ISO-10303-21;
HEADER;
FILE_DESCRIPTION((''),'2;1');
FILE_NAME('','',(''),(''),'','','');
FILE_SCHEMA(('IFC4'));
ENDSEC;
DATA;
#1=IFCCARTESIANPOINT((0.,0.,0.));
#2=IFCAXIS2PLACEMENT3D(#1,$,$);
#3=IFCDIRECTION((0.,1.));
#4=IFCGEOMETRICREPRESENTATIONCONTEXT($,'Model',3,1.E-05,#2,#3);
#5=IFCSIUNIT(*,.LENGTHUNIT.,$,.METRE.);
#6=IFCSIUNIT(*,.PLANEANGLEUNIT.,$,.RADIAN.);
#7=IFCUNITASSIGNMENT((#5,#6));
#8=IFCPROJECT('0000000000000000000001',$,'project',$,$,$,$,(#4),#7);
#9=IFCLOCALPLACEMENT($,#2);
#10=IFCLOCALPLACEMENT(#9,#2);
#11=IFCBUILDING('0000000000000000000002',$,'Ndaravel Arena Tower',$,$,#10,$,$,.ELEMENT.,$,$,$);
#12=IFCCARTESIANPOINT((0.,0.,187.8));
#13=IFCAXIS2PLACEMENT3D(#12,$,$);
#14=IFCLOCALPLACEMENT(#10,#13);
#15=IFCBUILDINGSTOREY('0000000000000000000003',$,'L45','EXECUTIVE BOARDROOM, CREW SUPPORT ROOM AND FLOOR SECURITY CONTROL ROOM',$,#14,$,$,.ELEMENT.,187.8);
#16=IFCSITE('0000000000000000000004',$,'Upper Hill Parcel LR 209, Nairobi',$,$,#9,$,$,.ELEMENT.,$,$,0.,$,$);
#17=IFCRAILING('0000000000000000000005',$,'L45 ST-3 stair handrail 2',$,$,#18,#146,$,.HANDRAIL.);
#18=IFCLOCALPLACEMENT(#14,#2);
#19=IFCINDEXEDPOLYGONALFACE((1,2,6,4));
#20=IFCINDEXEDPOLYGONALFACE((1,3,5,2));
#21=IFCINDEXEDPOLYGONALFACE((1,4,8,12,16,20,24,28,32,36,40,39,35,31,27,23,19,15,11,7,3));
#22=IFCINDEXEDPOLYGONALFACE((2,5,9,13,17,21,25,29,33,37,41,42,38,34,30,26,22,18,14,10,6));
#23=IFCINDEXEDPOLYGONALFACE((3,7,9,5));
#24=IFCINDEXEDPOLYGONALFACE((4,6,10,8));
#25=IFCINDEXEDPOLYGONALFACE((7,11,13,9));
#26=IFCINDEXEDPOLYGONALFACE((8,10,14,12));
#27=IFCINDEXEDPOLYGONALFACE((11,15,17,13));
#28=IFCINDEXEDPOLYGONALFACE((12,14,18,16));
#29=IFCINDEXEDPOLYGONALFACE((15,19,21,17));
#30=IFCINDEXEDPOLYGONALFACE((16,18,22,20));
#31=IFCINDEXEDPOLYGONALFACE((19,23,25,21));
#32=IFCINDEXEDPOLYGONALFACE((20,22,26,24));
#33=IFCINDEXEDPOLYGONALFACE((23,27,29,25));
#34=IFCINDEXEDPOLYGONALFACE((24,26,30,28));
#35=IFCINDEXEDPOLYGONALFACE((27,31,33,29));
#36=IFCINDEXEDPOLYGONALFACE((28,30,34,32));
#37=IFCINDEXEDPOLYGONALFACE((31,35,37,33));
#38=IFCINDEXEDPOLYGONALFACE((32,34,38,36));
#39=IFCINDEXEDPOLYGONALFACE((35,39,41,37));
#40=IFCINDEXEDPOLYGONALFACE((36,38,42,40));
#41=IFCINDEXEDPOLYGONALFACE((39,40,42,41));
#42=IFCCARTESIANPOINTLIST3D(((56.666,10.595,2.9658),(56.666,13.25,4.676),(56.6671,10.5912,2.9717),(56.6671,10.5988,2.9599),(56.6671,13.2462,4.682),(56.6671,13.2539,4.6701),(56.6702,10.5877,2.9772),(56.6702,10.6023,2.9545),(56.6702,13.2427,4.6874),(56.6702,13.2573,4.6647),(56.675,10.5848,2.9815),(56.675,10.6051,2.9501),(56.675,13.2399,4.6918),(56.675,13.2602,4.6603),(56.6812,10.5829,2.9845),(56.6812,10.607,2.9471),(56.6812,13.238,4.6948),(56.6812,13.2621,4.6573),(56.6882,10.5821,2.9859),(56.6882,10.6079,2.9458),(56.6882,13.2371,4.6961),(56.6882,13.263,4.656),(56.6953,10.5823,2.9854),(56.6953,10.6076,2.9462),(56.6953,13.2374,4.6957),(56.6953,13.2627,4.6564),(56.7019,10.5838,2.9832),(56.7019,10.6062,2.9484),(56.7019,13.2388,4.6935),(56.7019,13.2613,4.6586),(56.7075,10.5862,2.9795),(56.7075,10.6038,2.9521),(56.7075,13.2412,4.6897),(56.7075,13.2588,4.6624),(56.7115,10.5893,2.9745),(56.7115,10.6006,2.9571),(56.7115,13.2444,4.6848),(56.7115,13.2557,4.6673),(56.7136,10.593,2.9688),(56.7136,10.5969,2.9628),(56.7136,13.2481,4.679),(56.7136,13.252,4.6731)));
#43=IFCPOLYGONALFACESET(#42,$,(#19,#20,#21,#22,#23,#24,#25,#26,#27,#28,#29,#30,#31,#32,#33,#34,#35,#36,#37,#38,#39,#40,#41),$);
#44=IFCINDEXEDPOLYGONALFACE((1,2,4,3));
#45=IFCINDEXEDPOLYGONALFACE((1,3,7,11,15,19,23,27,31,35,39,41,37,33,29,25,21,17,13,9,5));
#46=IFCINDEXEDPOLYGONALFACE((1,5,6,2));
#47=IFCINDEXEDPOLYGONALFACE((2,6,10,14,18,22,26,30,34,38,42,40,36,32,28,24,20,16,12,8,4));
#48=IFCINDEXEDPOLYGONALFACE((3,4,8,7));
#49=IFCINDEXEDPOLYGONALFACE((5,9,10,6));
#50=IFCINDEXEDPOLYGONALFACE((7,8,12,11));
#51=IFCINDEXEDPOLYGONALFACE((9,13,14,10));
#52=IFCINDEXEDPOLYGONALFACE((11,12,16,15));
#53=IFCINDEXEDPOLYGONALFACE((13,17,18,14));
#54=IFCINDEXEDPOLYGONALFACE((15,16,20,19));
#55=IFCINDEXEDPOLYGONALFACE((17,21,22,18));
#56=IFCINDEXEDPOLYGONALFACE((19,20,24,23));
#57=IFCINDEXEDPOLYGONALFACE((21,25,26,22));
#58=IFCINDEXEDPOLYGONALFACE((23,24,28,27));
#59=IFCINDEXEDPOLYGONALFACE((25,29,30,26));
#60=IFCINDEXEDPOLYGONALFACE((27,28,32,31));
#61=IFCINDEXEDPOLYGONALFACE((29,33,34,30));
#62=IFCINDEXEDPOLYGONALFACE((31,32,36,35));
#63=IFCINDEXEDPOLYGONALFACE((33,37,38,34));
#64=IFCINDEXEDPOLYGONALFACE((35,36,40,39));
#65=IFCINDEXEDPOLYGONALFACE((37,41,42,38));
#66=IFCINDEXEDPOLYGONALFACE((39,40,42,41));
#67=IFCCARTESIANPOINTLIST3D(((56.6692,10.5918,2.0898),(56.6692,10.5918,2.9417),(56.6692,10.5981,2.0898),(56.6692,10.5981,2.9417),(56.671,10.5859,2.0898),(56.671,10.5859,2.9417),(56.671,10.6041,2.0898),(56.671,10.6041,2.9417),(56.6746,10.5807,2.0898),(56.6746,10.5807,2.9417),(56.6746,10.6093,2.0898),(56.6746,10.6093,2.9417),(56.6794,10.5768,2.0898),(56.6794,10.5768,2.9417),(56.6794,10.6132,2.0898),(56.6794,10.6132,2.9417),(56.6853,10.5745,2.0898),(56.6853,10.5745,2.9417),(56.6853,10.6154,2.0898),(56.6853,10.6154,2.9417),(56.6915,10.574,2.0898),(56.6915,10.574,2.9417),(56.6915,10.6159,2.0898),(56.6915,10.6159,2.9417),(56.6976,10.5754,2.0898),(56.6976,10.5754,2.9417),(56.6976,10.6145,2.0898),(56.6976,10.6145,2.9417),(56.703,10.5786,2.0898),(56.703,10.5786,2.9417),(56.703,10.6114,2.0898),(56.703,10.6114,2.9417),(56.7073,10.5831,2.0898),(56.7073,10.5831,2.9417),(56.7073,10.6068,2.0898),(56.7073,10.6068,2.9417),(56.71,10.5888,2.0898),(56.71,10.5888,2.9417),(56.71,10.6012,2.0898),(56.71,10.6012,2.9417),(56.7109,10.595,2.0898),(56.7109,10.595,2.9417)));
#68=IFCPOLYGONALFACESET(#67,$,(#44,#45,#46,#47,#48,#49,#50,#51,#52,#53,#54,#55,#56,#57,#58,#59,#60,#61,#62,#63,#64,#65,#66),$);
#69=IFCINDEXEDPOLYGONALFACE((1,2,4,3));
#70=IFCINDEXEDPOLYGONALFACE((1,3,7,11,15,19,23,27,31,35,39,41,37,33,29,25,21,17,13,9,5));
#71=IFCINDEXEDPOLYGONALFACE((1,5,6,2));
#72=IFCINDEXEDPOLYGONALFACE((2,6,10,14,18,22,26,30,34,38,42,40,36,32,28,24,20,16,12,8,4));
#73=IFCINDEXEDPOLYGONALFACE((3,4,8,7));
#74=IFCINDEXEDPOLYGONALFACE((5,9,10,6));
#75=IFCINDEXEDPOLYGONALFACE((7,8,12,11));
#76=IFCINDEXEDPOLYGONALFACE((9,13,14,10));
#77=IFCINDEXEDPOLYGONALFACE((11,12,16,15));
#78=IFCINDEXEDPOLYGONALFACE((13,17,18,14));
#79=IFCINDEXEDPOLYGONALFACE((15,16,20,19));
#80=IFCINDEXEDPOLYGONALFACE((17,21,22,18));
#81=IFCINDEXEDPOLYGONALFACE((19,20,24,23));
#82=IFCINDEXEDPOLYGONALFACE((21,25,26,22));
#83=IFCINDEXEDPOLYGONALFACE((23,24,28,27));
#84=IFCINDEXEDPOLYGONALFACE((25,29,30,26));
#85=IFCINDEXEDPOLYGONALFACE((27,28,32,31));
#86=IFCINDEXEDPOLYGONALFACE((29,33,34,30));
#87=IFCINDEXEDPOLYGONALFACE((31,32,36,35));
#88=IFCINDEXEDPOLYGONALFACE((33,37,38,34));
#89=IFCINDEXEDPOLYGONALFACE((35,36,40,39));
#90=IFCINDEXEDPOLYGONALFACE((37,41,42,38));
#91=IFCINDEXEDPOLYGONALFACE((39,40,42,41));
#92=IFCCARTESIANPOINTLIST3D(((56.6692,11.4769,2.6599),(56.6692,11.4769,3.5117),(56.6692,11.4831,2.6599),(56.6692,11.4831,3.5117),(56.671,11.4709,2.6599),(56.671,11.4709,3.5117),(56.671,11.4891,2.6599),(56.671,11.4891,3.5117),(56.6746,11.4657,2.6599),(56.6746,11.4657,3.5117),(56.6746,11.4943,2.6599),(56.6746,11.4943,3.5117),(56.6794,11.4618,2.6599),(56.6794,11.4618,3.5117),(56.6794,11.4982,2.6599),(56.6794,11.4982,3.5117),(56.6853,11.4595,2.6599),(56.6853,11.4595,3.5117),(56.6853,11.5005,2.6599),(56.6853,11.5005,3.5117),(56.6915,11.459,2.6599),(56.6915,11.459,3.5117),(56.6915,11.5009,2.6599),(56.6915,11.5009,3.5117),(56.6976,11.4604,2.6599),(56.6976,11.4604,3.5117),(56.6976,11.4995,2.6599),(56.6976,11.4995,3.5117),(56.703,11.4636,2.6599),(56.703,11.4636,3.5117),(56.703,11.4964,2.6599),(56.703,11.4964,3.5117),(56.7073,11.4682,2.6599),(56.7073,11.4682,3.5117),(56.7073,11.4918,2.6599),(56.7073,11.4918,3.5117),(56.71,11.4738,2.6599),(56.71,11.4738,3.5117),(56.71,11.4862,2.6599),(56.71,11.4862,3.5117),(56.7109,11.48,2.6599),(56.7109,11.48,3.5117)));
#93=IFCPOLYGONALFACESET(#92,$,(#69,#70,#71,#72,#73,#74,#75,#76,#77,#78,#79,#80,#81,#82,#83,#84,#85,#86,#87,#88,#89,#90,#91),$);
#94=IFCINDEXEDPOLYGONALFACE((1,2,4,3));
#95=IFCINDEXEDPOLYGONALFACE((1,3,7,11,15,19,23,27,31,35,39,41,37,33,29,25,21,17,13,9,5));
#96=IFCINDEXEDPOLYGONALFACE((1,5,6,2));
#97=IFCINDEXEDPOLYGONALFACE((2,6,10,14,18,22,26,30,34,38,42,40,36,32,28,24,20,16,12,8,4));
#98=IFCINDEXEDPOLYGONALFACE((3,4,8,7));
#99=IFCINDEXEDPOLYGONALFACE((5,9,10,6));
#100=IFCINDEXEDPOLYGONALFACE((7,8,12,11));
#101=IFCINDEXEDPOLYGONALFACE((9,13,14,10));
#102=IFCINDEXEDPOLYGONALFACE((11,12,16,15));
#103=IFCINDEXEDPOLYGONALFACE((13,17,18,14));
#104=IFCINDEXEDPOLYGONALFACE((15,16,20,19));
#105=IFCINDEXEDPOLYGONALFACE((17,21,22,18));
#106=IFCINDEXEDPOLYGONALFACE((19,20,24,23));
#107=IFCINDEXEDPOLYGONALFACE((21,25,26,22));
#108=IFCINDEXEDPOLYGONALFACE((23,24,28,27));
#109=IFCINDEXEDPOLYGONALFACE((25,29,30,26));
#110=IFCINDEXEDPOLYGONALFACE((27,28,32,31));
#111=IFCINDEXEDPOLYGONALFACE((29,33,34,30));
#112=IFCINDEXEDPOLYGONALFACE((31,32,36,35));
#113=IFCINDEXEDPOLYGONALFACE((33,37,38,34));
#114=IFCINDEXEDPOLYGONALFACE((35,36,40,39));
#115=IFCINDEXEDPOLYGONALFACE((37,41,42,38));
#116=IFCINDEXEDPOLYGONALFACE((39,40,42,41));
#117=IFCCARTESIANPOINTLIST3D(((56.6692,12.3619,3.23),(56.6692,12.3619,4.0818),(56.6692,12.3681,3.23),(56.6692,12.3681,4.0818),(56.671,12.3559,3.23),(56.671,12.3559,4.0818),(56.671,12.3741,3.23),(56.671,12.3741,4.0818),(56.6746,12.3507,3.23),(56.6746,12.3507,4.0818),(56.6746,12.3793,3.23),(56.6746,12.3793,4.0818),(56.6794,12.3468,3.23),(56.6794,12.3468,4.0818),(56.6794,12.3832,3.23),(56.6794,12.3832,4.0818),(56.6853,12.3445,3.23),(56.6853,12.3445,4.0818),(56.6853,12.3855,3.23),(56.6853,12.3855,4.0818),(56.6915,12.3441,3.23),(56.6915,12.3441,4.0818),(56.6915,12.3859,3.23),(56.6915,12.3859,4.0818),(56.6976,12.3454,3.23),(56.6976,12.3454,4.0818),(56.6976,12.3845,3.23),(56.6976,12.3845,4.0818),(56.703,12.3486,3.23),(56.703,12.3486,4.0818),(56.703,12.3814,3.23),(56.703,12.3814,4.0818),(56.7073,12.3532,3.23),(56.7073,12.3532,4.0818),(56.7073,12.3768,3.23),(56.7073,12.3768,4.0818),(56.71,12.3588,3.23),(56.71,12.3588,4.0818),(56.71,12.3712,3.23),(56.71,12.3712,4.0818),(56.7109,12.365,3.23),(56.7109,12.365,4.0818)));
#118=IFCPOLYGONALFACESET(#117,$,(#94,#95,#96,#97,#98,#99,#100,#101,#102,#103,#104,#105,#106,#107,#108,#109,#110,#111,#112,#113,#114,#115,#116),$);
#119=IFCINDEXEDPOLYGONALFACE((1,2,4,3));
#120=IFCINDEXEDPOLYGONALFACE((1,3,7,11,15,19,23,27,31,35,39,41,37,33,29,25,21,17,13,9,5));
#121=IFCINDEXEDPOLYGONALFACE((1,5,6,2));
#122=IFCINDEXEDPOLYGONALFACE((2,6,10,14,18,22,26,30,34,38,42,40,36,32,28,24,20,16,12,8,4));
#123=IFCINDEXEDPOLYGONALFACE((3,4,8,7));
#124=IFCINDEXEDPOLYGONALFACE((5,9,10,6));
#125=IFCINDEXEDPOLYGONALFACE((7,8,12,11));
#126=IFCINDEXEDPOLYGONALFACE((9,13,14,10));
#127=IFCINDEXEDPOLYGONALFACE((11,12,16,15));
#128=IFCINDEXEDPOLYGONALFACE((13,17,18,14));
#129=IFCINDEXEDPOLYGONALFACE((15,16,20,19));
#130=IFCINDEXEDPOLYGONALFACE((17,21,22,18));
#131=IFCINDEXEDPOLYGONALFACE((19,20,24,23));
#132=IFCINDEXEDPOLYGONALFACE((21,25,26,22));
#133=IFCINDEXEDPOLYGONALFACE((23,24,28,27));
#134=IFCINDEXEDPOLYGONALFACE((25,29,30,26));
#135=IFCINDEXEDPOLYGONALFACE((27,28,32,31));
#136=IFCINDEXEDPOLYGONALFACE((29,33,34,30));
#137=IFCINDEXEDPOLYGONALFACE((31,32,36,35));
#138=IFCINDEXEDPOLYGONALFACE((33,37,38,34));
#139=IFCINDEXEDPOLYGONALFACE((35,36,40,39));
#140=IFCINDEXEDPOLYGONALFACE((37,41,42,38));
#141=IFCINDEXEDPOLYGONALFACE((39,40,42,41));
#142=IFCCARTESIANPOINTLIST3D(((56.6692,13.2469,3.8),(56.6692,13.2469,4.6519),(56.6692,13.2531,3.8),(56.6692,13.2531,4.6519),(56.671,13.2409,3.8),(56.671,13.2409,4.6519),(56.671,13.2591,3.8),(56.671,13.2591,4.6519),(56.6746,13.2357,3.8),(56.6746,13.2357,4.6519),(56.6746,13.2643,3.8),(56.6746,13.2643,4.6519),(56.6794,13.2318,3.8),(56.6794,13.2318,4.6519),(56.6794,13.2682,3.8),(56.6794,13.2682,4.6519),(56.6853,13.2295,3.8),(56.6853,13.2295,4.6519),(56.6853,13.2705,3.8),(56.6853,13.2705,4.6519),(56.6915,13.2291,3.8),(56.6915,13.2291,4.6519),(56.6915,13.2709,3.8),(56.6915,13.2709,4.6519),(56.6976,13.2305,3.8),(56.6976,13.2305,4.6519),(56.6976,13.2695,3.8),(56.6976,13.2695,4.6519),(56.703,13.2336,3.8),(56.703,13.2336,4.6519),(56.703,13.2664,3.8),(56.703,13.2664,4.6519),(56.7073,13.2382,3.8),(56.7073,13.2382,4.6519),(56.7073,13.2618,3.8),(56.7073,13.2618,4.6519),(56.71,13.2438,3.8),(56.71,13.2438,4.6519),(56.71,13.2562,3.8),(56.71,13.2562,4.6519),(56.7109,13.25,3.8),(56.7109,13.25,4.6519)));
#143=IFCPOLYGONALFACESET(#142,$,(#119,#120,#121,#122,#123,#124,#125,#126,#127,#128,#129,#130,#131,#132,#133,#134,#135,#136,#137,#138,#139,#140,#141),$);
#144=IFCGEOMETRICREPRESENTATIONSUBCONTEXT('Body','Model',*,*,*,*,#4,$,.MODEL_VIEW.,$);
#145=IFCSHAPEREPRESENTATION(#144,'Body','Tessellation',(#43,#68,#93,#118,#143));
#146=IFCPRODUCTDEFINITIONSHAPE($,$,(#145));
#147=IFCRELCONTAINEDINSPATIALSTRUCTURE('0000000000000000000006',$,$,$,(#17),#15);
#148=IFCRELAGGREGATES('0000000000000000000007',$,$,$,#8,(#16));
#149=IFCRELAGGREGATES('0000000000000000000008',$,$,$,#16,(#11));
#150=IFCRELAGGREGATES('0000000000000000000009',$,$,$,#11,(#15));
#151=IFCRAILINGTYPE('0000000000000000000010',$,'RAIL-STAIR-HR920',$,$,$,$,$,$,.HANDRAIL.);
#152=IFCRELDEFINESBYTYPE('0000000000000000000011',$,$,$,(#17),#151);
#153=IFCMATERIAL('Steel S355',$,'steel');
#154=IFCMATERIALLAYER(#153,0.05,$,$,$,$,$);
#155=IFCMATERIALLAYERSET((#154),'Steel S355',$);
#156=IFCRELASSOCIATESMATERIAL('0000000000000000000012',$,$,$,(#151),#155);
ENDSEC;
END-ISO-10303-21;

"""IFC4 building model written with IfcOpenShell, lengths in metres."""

from ifc_helpers import new_model, si_unit, direction, frame, origin, origin_2d, place, context, subcontext, project, spatial, circle, extrude, material, layer, layer_set, type_object, element, save


model = new_model("IFC4")

# Units and contexts
model_context = context("Model", 3, precision=1e-05, world=origin(), true_north=direction((0.0, 1.0)))
body_context = subcontext(model_context, "Body", "Model", "MODEL_VIEW")
ifc_project = project(units=[si_unit("LENGTHUNIT", "METRE"), si_unit("PLANEANGLEUNIT", "RADIAN")], contexts=[model_context])

# Site, building, storey
site_placement = place(None, origin())
site = spatial("IfcSite", under=ifc_project, at=site_placement, Name="Upper Hill Parcel LR 209, Nairobi", CompositionType="ELEMENT", RefElevation=0.0)
building_placement = place(site_placement, origin())
building = spatial("IfcBuilding", under=site, at=building_placement, Name="Ndaravel Arena Tower", CompositionType="ELEMENT")
storey_placement = place(building_placement, frame((0.0, 0.0, 187.8)))
storey = spatial("IfcBuildingStorey", under=building, at=storey_placement, Name="L45", Description="EXECUTIVE BOARDROOM, CREW SUPPORT ROOM AND FLOOR SECURITY CONTROL ROOM", CompositionType="ELEMENT", Elevation=187.8)

# Railing
ifc_material_1 = material(Name="Steel S355", Category="steel")
ifc_layer_1 = layer(ifc_material_1, 0.05)
ifc_layer_set_1 = layer_set([ifc_layer_1], Name="Steel S355")
railing_type_1 = type_object("IfcRailingType", Name="RAIL-STAIR-HR920", PredefinedType="HANDRAIL", material=ifc_layer_set_1)
railing_1_placement = place(storey_placement, frame((56.6899, 10.595, 2.0898)))
element("IfcRailing", 1, at=railing_1_placement, inside=storey, type_object=railing_type_1, Name="L45 ST-3 stair handrail 2", PredefinedType="HANDRAIL", context=body_context, shape_type="SweptSolid", body=[
    extrude(circle(Radius=0.0239, at=origin_2d()), frame((0.0, 0.0, 0.876), z_axis=(0.0, 0.840688, 0.541519), x_axis=(-1.0, 0.0, 0.0)), (0.0, 0.0, 1.0), 3.1582),
    extrude(circle(Radius=0.021, at=origin_2d()), origin(), (0.0, 0.0, 1.0), 0.8518),
    extrude(circle(Radius=0.021, at=origin_2d()), frame((0.0, 0.885, 0.5701)), (0.0, 0.0, 1.0), 0.8518),
    extrude(circle(Radius=0.021, at=origin_2d()), frame((0.0, 1.77, 1.1401)), (0.0, 0.0, 1.0), 0.8518),
    extrude(circle(Radius=0.021, at=origin_2d()), frame((0.0, 2.655, 1.7102)), (0.0, 0.0, 1.0), 0.8518),
])

save(model, "model.ifc")
